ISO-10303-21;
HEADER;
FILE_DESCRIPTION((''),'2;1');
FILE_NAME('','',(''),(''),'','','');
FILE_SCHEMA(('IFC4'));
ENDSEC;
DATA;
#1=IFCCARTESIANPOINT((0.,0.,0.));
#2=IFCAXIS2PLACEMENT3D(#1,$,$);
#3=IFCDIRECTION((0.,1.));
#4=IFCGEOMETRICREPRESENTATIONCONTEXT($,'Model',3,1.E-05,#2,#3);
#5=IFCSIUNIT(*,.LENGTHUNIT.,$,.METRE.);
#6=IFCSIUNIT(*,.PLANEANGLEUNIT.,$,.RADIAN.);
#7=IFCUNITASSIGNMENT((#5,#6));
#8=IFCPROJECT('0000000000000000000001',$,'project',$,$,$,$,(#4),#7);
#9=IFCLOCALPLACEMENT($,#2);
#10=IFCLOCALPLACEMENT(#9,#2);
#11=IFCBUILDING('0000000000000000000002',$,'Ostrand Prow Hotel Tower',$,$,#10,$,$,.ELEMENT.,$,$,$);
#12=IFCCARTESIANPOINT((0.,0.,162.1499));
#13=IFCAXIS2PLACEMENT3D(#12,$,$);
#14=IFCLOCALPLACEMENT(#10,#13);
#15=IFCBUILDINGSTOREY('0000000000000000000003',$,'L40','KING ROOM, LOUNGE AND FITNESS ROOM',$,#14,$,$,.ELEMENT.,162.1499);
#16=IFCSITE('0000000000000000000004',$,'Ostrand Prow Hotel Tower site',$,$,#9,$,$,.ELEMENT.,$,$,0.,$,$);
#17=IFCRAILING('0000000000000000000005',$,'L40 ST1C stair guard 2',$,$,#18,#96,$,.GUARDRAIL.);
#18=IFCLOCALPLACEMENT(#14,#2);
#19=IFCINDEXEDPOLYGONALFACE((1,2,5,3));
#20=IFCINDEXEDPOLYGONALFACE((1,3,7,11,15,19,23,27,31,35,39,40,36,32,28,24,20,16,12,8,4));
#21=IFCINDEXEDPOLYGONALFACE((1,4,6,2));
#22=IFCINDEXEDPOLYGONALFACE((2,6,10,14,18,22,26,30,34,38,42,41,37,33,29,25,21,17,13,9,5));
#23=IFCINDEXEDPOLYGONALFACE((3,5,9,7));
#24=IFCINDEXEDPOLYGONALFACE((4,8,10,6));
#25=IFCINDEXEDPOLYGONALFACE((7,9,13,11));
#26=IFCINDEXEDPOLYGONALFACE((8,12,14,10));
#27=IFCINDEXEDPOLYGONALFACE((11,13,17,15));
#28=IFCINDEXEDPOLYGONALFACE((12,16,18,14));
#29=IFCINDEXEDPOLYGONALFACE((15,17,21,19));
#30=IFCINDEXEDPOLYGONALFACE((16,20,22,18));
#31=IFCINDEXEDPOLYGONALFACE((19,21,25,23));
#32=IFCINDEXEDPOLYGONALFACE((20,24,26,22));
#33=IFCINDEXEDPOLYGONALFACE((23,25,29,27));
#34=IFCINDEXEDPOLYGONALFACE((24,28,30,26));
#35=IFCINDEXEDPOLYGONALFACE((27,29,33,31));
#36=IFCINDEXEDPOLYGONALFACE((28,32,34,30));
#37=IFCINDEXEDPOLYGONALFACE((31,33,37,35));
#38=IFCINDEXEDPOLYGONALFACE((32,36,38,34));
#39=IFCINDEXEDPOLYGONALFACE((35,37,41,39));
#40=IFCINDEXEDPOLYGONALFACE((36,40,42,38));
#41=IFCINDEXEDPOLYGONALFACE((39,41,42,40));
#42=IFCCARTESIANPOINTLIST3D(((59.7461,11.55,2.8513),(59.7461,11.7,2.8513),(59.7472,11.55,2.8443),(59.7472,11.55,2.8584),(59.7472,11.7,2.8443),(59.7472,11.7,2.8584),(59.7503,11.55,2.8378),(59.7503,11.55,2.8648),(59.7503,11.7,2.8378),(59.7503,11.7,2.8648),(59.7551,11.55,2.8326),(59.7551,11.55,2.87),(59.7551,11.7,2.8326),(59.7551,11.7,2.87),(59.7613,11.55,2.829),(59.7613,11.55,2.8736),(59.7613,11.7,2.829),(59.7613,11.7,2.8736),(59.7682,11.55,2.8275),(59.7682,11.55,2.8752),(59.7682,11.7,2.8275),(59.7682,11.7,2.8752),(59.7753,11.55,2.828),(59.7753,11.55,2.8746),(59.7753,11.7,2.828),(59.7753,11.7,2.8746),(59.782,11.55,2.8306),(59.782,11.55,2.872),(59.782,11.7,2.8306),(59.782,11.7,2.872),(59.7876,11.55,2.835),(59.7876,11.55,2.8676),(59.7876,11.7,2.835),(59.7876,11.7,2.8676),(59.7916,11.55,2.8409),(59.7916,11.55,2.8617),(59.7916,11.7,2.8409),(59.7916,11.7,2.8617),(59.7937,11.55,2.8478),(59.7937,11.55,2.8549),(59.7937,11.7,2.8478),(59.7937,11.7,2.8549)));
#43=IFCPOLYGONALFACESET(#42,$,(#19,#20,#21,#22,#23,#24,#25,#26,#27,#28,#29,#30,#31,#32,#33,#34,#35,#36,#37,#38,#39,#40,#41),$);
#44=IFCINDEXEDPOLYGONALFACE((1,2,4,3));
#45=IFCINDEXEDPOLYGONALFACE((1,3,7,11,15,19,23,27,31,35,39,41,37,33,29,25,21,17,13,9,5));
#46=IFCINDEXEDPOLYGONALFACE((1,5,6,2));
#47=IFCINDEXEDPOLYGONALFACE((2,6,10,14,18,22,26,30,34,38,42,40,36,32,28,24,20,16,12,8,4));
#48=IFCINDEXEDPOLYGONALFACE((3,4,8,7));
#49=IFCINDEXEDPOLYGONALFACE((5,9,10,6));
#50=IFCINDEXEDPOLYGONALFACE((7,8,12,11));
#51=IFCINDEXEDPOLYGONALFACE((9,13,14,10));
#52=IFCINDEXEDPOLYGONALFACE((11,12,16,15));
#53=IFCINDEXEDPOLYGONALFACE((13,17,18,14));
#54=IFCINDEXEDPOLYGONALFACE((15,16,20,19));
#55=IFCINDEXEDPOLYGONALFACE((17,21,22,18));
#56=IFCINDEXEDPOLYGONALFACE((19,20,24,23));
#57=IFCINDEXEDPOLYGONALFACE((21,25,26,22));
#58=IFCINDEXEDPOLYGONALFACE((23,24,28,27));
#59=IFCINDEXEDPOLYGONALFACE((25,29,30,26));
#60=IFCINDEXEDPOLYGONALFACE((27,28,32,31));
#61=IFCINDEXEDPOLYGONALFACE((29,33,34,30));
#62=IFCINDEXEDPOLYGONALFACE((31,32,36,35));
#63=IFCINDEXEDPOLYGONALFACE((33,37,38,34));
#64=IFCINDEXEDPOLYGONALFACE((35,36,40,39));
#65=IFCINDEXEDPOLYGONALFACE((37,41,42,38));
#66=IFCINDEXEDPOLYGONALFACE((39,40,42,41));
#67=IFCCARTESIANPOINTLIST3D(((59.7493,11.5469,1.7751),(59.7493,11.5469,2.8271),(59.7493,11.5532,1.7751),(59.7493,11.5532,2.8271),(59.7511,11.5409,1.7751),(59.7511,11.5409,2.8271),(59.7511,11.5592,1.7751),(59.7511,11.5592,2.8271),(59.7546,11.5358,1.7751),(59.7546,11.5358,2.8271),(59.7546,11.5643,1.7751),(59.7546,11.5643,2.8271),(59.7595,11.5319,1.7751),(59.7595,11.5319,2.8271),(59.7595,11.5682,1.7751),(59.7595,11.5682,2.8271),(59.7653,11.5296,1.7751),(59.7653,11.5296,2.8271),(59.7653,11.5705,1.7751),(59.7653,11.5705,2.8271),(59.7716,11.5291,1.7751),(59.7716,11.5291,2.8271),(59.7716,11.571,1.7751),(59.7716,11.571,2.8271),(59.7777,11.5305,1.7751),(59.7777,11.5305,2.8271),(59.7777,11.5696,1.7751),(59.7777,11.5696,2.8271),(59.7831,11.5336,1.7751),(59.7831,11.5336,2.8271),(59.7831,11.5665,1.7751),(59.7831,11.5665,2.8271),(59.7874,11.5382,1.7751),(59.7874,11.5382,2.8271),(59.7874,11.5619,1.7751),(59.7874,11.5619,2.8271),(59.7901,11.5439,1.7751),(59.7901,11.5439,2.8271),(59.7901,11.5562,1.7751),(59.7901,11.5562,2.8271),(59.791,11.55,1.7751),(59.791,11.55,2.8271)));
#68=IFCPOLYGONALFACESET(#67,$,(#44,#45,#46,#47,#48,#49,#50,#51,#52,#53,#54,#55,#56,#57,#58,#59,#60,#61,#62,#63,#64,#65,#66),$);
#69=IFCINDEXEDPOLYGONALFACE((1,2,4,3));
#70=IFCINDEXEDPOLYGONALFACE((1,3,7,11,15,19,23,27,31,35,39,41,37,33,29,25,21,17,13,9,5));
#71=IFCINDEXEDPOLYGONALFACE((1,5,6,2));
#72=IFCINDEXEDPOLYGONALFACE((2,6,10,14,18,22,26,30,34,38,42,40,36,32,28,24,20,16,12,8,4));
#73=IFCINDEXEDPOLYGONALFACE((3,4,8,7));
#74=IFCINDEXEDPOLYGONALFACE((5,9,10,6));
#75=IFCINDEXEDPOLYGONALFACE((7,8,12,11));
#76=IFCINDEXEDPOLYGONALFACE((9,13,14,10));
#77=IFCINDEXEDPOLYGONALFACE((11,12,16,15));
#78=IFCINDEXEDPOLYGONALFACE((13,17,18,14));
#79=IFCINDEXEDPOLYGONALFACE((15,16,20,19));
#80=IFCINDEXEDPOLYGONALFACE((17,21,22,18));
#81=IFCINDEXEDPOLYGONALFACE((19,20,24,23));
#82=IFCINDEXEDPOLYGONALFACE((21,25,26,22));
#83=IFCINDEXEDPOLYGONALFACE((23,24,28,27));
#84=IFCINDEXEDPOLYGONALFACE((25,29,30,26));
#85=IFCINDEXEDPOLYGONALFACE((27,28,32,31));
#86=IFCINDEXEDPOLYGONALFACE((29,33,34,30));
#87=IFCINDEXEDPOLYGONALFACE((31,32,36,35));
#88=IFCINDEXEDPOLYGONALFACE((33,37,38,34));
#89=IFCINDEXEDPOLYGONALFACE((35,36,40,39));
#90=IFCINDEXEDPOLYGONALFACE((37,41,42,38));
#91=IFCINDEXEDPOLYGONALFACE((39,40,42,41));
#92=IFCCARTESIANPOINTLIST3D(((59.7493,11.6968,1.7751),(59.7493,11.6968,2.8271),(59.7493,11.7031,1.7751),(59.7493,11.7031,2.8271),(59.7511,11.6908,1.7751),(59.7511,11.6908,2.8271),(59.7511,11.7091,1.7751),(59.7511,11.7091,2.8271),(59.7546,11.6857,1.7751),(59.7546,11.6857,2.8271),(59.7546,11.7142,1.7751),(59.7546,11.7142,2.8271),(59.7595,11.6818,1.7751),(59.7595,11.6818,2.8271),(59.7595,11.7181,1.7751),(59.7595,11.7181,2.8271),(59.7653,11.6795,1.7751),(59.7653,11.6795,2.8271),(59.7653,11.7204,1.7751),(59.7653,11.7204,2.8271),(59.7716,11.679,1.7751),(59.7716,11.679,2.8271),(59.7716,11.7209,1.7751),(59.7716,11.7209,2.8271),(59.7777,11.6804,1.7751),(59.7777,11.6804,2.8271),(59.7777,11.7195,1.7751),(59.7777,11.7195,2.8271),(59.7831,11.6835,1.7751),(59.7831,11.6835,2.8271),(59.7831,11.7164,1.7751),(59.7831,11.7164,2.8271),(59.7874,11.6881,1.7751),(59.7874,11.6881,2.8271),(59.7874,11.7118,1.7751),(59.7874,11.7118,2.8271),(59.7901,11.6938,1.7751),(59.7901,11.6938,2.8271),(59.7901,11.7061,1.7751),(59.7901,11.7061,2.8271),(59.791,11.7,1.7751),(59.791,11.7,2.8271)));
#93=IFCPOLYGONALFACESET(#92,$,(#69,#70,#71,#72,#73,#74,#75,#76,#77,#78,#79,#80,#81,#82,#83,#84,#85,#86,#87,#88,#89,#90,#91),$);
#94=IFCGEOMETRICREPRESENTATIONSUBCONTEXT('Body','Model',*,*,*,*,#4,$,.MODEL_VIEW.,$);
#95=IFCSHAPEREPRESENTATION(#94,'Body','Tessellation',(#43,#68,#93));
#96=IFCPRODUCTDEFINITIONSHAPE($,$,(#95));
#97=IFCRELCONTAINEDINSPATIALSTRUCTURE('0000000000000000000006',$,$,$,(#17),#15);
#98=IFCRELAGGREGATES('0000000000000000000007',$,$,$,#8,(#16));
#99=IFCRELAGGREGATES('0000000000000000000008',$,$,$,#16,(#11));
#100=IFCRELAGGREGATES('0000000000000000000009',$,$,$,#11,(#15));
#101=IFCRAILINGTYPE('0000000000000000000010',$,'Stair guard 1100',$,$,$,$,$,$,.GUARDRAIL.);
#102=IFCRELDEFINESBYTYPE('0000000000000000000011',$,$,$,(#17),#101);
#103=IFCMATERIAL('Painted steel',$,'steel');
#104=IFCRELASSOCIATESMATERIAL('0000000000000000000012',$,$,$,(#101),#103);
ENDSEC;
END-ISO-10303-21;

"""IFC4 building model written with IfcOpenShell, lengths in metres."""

from ifc_helpers import new_model, si_unit, direction, frame, origin, origin_2d, place, context, subcontext, project, spatial, circle, extrude, material, type_object, element, save


model = new_model("IFC4")

# Units and contexts
model_context = context("Model", 3, precision=1e-05, world=origin(), true_north=direction((0.0, 1.0)))
body_context = subcontext(model_context, "Body", "Model", "MODEL_VIEW")
ifc_project = project(units=[si_unit("LENGTHUNIT", "METRE"), si_unit("PLANEANGLEUNIT", "RADIAN")], contexts=[model_context])

# Site, building, storey
site_placement = place(None, origin())
site = spatial("IfcSite", under=ifc_project, at=site_placement, Name="Ostrand Prow Hotel Tower site", CompositionType="ELEMENT", RefElevation=0.0)
building_placement = place(site_placement, origin())
building = spatial("IfcBuilding", under=site, at=building_placement, Name="Ostrand Prow Hotel Tower", CompositionType="ELEMENT")
storey_placement = place(building_placement, frame((0.0, 0.0, 162.1499)))
storey = spatial("IfcBuildingStorey", under=building, at=storey_placement, Name="L40", Description="KING ROOM, LOUNGE AND FITNESS ROOM", CompositionType="ELEMENT", Elevation=162.1499)

# Railing
ifc_material_1 = material(Name="Painted steel", Category="steel")
railing_type_1 = type_object("IfcRailingType", Name="Stair guard 1100", PredefinedType="GUARDRAIL", material=ifc_material_1)
railing_1_placement = place(storey_placement, frame((59.77, 11.55, 1.7751)))
element("IfcRailing", 1, at=railing_1_placement, inside=storey, type_object=railing_type_1, Name="L40 ST1C stair guard 2", PredefinedType="GUARDRAIL", context=body_context, shape_type="SweptSolid", body=[
    extrude(circle(Radius=0.0239, at=origin_2d()), frame((0.0, 0.0, 1.0762), z_axis=(0.0, 1.0, 0.0), x_axis=(-1.0, 0.0, 0.0)), (0.0, 0.0, 1.0), 0.1499),
    extrude(circle(Radius=0.021, at=origin_2d()), origin(), (0.0, 0.0, 1.0), 1.052),
    extrude(circle(Radius=0.021, at=origin_2d()), frame((0.0, 0.1499, 0.0)), (0.0, 0.0, 1.0), 1.052),
])

save(model, "model.ifc")
